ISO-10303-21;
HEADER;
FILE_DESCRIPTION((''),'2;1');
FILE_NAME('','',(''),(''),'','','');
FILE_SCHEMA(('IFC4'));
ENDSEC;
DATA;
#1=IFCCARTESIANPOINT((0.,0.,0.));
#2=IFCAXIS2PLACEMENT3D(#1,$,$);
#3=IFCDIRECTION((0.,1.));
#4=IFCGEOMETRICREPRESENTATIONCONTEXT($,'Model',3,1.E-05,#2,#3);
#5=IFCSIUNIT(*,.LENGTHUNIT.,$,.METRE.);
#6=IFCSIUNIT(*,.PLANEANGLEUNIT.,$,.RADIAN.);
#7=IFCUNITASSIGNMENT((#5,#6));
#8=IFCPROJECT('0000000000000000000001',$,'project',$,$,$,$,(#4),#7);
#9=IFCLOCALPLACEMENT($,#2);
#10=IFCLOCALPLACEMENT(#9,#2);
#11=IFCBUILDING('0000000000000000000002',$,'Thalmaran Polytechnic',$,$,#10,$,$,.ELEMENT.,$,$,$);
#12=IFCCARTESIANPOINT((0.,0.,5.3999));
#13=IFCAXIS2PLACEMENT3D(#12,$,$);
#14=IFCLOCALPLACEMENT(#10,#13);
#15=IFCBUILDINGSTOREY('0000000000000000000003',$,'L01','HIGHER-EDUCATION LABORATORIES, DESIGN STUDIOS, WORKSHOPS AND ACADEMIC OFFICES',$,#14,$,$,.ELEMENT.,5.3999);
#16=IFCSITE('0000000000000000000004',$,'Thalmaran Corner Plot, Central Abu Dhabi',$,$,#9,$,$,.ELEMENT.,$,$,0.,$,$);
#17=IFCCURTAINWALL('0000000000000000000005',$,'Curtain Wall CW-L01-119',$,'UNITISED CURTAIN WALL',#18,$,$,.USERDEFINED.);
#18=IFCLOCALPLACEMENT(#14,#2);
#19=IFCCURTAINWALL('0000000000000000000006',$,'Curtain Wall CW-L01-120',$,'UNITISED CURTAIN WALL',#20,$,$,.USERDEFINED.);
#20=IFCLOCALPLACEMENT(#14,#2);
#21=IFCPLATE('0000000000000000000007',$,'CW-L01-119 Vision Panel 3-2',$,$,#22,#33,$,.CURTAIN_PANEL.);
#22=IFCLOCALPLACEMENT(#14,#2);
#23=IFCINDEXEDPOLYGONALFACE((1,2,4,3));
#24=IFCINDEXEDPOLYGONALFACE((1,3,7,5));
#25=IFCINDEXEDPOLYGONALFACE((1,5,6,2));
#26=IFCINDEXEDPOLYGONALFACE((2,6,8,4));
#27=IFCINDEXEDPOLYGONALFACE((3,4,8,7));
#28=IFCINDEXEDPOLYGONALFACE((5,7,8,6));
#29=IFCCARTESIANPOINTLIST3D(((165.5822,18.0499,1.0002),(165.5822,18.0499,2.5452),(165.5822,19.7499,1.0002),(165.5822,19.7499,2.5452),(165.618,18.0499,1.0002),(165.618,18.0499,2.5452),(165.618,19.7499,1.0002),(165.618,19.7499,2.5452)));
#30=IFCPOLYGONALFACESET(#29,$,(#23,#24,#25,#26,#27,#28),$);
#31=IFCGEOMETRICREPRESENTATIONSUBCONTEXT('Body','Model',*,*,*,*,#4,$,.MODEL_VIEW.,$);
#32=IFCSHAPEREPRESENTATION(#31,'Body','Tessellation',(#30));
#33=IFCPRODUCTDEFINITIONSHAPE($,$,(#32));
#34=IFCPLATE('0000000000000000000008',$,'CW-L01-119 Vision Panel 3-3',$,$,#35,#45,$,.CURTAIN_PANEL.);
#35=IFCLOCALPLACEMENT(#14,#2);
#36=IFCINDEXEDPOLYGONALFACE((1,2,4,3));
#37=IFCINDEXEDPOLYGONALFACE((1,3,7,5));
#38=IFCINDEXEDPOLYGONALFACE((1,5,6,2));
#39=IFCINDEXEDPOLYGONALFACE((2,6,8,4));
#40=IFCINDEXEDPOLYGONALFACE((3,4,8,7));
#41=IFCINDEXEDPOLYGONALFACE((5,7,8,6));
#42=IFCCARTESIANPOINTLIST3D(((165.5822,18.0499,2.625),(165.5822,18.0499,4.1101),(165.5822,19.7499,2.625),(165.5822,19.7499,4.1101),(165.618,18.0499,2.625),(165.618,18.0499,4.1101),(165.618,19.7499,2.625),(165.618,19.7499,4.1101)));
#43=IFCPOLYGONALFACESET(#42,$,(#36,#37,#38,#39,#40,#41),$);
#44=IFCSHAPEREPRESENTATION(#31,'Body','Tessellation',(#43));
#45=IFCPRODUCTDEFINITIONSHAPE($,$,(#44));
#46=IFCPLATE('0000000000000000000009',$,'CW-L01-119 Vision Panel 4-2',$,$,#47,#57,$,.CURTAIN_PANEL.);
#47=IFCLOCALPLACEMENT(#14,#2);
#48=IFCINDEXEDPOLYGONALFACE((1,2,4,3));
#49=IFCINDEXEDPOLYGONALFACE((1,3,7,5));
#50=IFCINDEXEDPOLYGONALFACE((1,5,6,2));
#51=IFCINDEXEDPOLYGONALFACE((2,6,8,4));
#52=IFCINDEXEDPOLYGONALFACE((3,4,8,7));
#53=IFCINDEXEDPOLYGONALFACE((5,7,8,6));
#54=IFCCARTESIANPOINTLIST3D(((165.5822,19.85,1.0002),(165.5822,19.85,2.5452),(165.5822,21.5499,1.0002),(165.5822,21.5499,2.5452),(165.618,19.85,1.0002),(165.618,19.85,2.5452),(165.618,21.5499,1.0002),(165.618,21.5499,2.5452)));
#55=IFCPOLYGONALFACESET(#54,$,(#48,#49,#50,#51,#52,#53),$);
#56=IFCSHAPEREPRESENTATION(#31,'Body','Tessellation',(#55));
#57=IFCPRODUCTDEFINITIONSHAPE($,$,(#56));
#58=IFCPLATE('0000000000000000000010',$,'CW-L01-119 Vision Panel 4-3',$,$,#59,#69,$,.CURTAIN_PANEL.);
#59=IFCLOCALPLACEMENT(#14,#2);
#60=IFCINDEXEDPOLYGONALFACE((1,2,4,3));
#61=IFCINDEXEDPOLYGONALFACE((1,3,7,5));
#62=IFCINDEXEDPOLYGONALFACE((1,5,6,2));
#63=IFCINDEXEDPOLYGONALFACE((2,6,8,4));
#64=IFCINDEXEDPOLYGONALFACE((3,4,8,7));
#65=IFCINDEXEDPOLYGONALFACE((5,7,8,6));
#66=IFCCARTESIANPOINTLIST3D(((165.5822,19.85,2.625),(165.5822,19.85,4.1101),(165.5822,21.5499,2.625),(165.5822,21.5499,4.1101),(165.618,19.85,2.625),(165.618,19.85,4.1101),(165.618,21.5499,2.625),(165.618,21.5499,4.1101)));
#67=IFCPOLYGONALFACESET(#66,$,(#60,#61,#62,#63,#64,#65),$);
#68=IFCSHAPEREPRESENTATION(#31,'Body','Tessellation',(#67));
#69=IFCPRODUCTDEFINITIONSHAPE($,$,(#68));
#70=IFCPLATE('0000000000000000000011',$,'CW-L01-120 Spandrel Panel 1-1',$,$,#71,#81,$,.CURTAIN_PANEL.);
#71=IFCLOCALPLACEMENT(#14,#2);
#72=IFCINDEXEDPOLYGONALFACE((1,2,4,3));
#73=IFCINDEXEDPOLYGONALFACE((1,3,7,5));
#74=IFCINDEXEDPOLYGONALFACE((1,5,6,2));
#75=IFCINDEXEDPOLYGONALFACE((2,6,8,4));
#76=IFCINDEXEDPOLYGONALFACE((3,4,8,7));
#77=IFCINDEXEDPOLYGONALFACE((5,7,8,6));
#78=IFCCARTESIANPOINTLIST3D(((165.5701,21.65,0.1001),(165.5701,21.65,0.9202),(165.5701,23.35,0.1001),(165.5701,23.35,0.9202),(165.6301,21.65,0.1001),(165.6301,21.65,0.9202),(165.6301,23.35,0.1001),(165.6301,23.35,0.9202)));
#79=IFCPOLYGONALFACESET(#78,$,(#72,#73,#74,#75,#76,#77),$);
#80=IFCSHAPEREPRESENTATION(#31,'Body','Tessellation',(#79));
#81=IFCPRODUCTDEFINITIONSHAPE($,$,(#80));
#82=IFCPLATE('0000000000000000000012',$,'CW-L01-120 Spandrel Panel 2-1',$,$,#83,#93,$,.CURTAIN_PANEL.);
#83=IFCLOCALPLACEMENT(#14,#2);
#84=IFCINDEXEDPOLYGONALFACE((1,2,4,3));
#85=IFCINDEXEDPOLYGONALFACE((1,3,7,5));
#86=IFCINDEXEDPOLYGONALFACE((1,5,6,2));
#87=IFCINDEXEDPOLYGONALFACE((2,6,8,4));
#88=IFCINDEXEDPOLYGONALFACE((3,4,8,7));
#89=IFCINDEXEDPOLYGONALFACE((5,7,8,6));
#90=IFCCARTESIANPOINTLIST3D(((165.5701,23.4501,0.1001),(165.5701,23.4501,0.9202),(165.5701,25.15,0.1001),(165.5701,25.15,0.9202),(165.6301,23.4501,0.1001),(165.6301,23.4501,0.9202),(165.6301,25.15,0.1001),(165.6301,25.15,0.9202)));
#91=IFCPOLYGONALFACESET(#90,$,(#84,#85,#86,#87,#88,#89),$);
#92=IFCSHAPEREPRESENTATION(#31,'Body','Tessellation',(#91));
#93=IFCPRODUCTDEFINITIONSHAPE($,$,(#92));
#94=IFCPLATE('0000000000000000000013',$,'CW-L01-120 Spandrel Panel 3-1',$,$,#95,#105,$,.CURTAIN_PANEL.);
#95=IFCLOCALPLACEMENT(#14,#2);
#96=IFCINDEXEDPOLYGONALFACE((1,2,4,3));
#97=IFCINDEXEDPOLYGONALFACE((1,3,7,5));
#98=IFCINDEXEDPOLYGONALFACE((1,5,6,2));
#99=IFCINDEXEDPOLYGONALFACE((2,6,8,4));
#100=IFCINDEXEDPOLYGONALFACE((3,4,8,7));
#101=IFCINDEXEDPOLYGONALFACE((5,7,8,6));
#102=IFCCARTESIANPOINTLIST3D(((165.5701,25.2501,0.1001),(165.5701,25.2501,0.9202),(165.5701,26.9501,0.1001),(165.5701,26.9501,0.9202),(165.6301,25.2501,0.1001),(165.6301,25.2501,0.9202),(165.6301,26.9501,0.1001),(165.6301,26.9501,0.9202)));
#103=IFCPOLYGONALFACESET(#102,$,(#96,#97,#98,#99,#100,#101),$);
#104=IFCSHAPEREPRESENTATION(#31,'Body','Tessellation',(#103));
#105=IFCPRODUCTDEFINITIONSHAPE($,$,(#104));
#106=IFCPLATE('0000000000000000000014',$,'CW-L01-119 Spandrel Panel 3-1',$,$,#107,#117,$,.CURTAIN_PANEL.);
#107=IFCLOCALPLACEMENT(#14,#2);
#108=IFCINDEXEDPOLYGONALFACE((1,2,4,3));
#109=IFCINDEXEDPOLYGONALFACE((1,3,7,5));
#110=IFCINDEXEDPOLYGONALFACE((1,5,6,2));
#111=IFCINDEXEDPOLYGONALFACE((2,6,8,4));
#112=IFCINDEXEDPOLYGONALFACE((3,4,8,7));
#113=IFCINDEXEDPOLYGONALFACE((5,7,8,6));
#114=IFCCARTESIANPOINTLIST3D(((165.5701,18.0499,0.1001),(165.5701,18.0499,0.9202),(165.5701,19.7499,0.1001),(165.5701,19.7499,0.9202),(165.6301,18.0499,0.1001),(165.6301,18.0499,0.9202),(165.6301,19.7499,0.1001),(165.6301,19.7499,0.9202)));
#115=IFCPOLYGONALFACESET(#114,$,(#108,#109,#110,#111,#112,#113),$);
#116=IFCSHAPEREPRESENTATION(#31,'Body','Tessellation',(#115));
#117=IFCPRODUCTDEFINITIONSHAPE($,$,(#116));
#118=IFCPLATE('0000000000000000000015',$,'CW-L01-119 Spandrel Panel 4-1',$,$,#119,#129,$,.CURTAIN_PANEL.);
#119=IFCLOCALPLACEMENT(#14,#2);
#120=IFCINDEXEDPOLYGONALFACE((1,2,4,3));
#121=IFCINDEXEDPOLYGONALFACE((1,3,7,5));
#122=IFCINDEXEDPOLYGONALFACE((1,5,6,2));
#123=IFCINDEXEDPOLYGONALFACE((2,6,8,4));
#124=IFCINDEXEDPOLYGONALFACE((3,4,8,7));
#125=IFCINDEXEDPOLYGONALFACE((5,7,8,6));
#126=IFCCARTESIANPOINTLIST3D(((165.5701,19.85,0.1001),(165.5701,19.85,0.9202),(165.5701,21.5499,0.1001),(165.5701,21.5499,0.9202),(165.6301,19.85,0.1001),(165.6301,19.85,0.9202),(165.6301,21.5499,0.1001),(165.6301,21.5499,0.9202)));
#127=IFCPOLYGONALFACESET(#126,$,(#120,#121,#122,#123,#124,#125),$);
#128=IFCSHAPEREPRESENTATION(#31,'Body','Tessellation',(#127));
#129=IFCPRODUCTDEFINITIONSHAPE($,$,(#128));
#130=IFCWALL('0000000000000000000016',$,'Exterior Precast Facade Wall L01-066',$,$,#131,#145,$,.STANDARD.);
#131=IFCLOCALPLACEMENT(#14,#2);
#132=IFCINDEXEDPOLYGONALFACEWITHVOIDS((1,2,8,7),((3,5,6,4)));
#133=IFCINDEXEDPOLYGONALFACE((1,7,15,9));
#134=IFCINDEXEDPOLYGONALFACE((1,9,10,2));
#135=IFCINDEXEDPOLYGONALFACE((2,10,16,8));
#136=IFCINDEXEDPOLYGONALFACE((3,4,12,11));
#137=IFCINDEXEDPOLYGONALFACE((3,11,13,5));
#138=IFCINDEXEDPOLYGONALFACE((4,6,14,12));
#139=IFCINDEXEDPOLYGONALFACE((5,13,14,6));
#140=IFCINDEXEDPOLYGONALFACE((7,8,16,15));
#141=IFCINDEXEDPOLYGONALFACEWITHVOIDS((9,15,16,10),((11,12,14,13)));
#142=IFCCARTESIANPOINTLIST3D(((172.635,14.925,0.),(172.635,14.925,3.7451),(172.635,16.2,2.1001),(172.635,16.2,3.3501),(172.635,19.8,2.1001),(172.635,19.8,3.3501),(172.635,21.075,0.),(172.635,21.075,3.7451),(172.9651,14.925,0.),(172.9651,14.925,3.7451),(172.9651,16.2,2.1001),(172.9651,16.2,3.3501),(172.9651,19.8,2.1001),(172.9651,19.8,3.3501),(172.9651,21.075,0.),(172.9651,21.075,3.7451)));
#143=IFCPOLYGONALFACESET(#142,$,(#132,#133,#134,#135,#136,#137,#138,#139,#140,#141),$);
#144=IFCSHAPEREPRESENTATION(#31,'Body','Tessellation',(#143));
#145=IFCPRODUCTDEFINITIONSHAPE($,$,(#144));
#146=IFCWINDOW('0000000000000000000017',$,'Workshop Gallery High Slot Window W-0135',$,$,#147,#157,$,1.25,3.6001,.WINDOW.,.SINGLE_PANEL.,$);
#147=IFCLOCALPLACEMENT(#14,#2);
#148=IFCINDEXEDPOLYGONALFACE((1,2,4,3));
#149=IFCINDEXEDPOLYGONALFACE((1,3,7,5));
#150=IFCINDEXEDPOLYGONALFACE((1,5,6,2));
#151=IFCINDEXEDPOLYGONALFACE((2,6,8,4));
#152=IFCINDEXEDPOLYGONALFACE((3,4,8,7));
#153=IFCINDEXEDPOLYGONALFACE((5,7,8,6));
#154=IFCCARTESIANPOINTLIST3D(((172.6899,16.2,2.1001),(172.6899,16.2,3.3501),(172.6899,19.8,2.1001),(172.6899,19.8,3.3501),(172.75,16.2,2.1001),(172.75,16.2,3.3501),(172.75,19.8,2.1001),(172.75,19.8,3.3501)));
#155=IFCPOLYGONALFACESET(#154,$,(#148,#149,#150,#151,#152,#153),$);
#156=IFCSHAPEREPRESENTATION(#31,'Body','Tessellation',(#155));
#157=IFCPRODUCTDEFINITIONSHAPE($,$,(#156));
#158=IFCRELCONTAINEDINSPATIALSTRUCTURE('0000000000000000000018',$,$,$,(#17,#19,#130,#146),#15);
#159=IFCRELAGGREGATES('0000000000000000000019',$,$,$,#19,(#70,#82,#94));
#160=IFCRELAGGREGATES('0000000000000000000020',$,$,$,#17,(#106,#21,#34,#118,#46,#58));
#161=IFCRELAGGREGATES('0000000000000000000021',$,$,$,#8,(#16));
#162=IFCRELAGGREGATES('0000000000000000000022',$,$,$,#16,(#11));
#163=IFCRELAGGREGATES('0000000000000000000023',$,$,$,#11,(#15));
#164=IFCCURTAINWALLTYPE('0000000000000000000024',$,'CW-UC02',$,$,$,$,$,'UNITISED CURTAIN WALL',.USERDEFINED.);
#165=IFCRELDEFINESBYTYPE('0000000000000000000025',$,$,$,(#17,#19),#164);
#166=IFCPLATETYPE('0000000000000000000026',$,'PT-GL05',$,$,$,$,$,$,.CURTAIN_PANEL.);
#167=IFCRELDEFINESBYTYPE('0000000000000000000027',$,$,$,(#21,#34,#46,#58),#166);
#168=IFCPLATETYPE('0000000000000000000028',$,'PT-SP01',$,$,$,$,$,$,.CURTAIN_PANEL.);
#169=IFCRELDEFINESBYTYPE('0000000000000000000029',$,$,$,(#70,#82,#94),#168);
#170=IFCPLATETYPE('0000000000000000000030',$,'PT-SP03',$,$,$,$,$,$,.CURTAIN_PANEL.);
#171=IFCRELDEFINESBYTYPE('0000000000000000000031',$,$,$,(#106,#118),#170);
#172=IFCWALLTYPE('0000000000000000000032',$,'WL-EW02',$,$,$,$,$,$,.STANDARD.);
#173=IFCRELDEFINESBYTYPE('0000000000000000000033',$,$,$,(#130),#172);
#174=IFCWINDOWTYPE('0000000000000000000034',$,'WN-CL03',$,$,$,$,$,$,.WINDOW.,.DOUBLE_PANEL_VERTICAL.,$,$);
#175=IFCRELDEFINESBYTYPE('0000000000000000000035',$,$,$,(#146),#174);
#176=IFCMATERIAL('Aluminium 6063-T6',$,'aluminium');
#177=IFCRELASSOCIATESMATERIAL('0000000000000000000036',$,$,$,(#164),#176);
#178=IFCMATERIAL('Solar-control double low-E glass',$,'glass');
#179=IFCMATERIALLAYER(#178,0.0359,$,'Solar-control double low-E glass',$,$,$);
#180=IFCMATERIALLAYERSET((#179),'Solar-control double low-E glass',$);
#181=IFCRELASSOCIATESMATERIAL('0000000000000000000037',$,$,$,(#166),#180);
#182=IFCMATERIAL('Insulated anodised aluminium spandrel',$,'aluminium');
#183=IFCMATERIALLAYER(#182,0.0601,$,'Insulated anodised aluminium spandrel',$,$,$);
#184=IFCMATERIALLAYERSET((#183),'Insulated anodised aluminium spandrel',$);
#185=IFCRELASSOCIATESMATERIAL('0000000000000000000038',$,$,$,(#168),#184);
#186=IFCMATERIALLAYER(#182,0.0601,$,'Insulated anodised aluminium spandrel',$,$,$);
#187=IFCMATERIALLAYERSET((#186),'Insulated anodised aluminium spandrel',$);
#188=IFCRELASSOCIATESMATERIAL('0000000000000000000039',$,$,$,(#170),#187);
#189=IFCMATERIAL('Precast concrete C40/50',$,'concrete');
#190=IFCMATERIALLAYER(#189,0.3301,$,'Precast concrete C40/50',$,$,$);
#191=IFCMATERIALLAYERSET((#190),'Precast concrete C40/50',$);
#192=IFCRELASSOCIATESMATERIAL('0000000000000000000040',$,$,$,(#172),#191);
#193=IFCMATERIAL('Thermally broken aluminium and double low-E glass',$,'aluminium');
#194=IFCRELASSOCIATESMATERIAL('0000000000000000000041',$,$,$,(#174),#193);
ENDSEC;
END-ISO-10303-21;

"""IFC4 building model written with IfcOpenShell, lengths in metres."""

from ifc_helpers import new_model, si_unit, direction, frame, frame_2d, origin, origin_2d, place, context, subcontext, project, spatial, rectangle, extrude, material, layer, layer_set, type_object, element, fill, aggregate, save


model = new_model("IFC4")

# Units and contexts
model_context = context("Model", 3, precision=1e-05, world=origin(), true_north=direction((0.0, 1.0)))
body_context = subcontext(model_context, "Body", "Model", "MODEL_VIEW")
ifc_project = project(units=[si_unit("LENGTHUNIT", "METRE"), si_unit("PLANEANGLEUNIT", "RADIAN")], contexts=[model_context])

# Site, building, storey
site_placement = place(None, origin())
site = spatial("IfcSite", under=ifc_project, at=site_placement, Name="Thalmaran Corner Plot, Central Abu Dhabi", CompositionType="ELEMENT", RefElevation=0.0)
building_placement = place(site_placement, origin())
building = spatial("IfcBuilding", under=site, at=building_placement, Name="Thalmaran Polytechnic", CompositionType="ELEMENT")
storey_placement = place(building_placement, frame((0.0, 0.0, 5.3999)))
storey = spatial("IfcBuildingStorey", under=building, at=storey_placement, Name="L01", Description="HIGHER-EDUCATION LABORATORIES, DESIGN STUDIOS, WORKSHOPS AND ACADEMIC OFFICES", CompositionType="ELEMENT", Elevation=5.3999)

# Curtain walls
ifc_material_1 = material(Name="Aluminium 6063-T6", Category="aluminium")
curtain_wall_type = type_object("IfcCurtainWallType", Name="CW-UC02", ElementType="UNITISED CURTAIN WALL", PredefinedType="USERDEFINED", material=ifc_material_1)
curtain_wall_1_placement = place(storey_placement, origin())
curtain_wall_1 = element("IfcCurtainWall", 1, at=curtain_wall_1_placement, inside=storey, type_object=curtain_wall_type, Name="Curtain Wall CW-L01-119", ObjectType="UNITISED CURTAIN WALL", PredefinedType="USERDEFINED")
curtain_wall_2_placement = place(storey_placement, origin())
curtain_wall_2 = element("IfcCurtainWall", 2, at=curtain_wall_2_placement, inside=storey, type_object=curtain_wall_type, Name="Curtain Wall CW-L01-120", ObjectType="UNITISED CURTAIN WALL", PredefinedType="USERDEFINED")

# Plates
ifc_material_2 = material(Name="Solar-control double low-E glass", Category="glass")
ifc_layer_1 = layer(ifc_material_2, 0.0359, Name="Solar-control double low-E glass")
ifc_layer_set_1 = layer_set([ifc_layer_1], Name="Solar-control double low-E glass")
plate_type_1 = type_object("IfcPlateType", Name="PT-GL05", PredefinedType="CURTAIN_PANEL", material=ifc_layer_set_1)
plate_1_placement = place(storey_placement, frame((165.6001, 18.8999, 1.0002), z_axis=(0.0, 0.0, 1.0), x_axis=(0.0, 1.0, 0.0)))
plate_1 = element("IfcPlate", 3, at=plate_1_placement, type_object=plate_type_1, Name="CW-L01-119 Vision Panel 3-2", PredefinedType="CURTAIN_PANEL", context=body_context, shape_type="SweptSolid", body=[
    extrude(rectangle(XDim=1.7, YDim=0.0359, at=origin_2d()), origin(), (0.0, 0.0, 1.0), 1.5449),
])
plate_2_placement = place(storey_placement, frame((165.6001, 18.8999, 2.625), z_axis=(0.0, 0.0, 1.0), x_axis=(0.0, 1.0, 0.0)))
plate_2 = element("IfcPlate", 4, at=plate_2_placement, type_object=plate_type_1, Name="CW-L01-119 Vision Panel 3-3", PredefinedType="CURTAIN_PANEL", context=body_context, shape_type="SweptSolid", body=[
    extrude(rectangle(XDim=1.7, YDim=0.0359, at=origin_2d()), origin(), (0.0, 0.0, 1.0), 1.4851),
])
plate_3_placement = place(storey_placement, frame((165.6001, 20.7, 1.0002), z_axis=(0.0, 0.0, 1.0), x_axis=(0.0, 1.0, 0.0)))
plate_3 = element("IfcPlate", 5, at=plate_3_placement, type_object=plate_type_1, Name="CW-L01-119 Vision Panel 4-2", PredefinedType="CURTAIN_PANEL", context=body_context, shape_type="SweptSolid", body=[
    extrude(rectangle(XDim=1.7, YDim=0.0359, at=origin_2d()), origin(), (0.0, 0.0, 1.0), 1.5449),
])
plate_4_placement = place(storey_placement, frame((165.6001, 20.7, 2.625), z_axis=(0.0, 0.0, 1.0), x_axis=(0.0, 1.0, 0.0)))
plate_4 = element("IfcPlate", 6, at=plate_4_placement, type_object=plate_type_1, Name="CW-L01-119 Vision Panel 4-3", PredefinedType="CURTAIN_PANEL", context=body_context, shape_type="SweptSolid", body=[
    extrude(rectangle(XDim=1.7, YDim=0.0359, at=origin_2d()), origin(), (0.0, 0.0, 1.0), 1.4851),
])
ifc_material_3 = material(Name="Insulated anodised aluminium spandrel", Category="aluminium")
ifc_layer_2 = layer(ifc_material_3, 0.0601, Name="Insulated anodised aluminium spandrel")
ifc_layer_set_2 = layer_set([ifc_layer_2], Name="Insulated anodised aluminium spandrel")
plate_type_2 = type_object("IfcPlateType", Name="PT-SP01", PredefinedType="CURTAIN_PANEL", material=ifc_layer_set_2)
plate_5_placement = place(storey_placement, frame((165.6001, 22.5, 0.1001), z_axis=(0.0, 0.0, 1.0), x_axis=(0.0, 1.0, 0.0)))
plate_5 = element("IfcPlate", 7, at=plate_5_placement, type_object=plate_type_2, Name="CW-L01-120 Spandrel Panel 1-1", PredefinedType="CURTAIN_PANEL", context=body_context, shape_type="SweptSolid", body=[
    extrude(rectangle(XDim=1.7, YDim=0.0601, at=origin_2d()), origin(), (0.0, 0.0, 1.0), 0.8201),
])
plate_6_placement = place(storey_placement, frame((165.6001, 24.3, 0.1001), z_axis=(0.0, 0.0, 1.0), x_axis=(0.0, 1.0, 0.0)))
plate_6 = element("IfcPlate", 8, at=plate_6_placement, type_object=plate_type_2, Name="CW-L01-120 Spandrel Panel 2-1", PredefinedType="CURTAIN_PANEL", context=body_context, shape_type="SweptSolid", body=[
    extrude(rectangle(XDim=1.7, YDim=0.0601, at=origin_2d()), origin(), (0.0, 0.0, 1.0), 0.8201),
])
plate_7_placement = place(storey_placement, frame((165.6001, 26.1001, 0.1001), z_axis=(0.0, 0.0, 1.0), x_axis=(0.0, 1.0, 0.0)))
plate_7 = element("IfcPlate", 9, at=plate_7_placement, type_object=plate_type_2, Name="CW-L01-120 Spandrel Panel 3-1", PredefinedType="CURTAIN_PANEL", context=body_context, shape_type="SweptSolid", body=[
    extrude(rectangle(XDim=1.7, YDim=0.0601, at=origin_2d()), origin(), (0.0, 0.0, 1.0), 0.8201),
])
aggregate(curtain_wall_2, [plate_5, plate_6, plate_7])
ifc_layer_3 = layer(ifc_material_3, 0.0601, Name="Insulated anodised aluminium spandrel")
ifc_layer_set_3 = layer_set([ifc_layer_3], Name="Insulated anodised aluminium spandrel")
plate_type_3 = type_object("IfcPlateType", Name="PT-SP03", PredefinedType="CURTAIN_PANEL", material=ifc_layer_set_3)
plate_8_placement = place(storey_placement, frame((165.6001, 18.8999, 0.1001), z_axis=(0.0, 0.0, 1.0), x_axis=(0.0, 1.0, 0.0)))
plate_8 = element("IfcPlate", 10, at=plate_8_placement, type_object=plate_type_3, Name="CW-L01-119 Spandrel Panel 3-1", PredefinedType="CURTAIN_PANEL", context=body_context, shape_type="SweptSolid", body=[
    extrude(rectangle(XDim=1.7, YDim=0.0601, at=origin_2d()), origin(), (0.0, 0.0, 1.0), 0.8201),
])
plate_9_placement = place(storey_placement, frame((165.6001, 20.7, 0.1001), z_axis=(0.0, 0.0, 1.0), x_axis=(0.0, 1.0, 0.0)))
plate_9 = element("IfcPlate", 11, at=plate_9_placement, type_object=plate_type_3, Name="CW-L01-119 Spandrel Panel 4-1", PredefinedType="CURTAIN_PANEL", context=body_context, shape_type="SweptSolid", body=[
    extrude(rectangle(XDim=1.7, YDim=0.0601, at=origin_2d()), origin(), (0.0, 0.0, 1.0), 0.8201),
])
aggregate(curtain_wall_1, [plate_8, plate_1, plate_2, plate_9, plate_3, plate_4])

# Wall, opening, window
ifc_material_4 = material(Name="Precast concrete C40/50", Category="concrete")
ifc_layer_4 = layer(ifc_material_4, 0.3301, Name="Precast concrete C40/50")
ifc_layer_set_4 = layer_set([ifc_layer_4], Name="Precast concrete C40/50")
wall_type_1 = type_object("IfcWallType", Name="WL-EW02", PredefinedType="STANDARD", material=ifc_layer_set_4)
wall_1_placement = place(storey_placement, frame((172.8, 21.075, 0.0), z_axis=(0.0, 0.0, 1.0), x_axis=(0.0, -1.0, 0.0)))
wall_1 = element("IfcWall", 12, at=wall_1_placement, inside=storey, type_object=wall_type_1, Name="Exterior Precast Facade Wall L01-066", PredefinedType="STANDARD", context=body_context, shape_type="SweptSolid", body=[
    extrude(rectangle(XDim=6.1499, YDim=0.3301, at=frame_2d((3.075, 0.0))), origin(), (0.0, 0.0, 1.0), 3.7451),
])
opening_1_placement = place(wall_1_placement, frame((1.2749, 0.0, 2.1001)))
opening_1 = element("IfcOpeningElement", 13, at=opening_1_placement, cuts=wall_1, PredefinedType="OPENING", context=body_context, shape_type="SweptSolid", body=[
    extrude(rectangle(XDim=3.6001, YDim=1.25, at=frame_2d((1.8, 0.625))), frame((0.0, 0.175, 0.0), z_axis=(0.0, -1.0, 0.0), x_axis=(1.0, 0.0, 0.0)), (0.0, 0.0, 1.0), 0.3501),
])
ifc_material_5 = material(Name="Thermally broken aluminium and double low-E glass", Category="aluminium")
window_type = type_object("IfcWindowType", Name="WN-CL03", PartitioningType="DOUBLE_PANEL_VERTICAL", PredefinedType="WINDOW", material=ifc_material_5)
window_placement = place(opening_1_placement, origin())
window = element("IfcWindow", 14, at=window_placement, inside=storey, type_object=window_type, Name="Workshop Gallery High Slot Window W-0135", OverallHeight=1.25, OverallWidth=3.6001, PartitioningType="SINGLE_PANEL", PredefinedType="WINDOW", context=body_context, shape_type="SweptSolid", body=[
    extrude(rectangle(XDim=3.6001, YDim=1.25, at=frame_2d((1.8, 0.625))), frame((0.0, -0.05, 0.0), z_axis=(0.0, -1.0, 0.0), x_axis=(1.0, 0.0, 0.0)), (0.0, 0.0, 1.0), 0.0601),
])
fill(opening_1, window)

save(model, "model.ifc")
